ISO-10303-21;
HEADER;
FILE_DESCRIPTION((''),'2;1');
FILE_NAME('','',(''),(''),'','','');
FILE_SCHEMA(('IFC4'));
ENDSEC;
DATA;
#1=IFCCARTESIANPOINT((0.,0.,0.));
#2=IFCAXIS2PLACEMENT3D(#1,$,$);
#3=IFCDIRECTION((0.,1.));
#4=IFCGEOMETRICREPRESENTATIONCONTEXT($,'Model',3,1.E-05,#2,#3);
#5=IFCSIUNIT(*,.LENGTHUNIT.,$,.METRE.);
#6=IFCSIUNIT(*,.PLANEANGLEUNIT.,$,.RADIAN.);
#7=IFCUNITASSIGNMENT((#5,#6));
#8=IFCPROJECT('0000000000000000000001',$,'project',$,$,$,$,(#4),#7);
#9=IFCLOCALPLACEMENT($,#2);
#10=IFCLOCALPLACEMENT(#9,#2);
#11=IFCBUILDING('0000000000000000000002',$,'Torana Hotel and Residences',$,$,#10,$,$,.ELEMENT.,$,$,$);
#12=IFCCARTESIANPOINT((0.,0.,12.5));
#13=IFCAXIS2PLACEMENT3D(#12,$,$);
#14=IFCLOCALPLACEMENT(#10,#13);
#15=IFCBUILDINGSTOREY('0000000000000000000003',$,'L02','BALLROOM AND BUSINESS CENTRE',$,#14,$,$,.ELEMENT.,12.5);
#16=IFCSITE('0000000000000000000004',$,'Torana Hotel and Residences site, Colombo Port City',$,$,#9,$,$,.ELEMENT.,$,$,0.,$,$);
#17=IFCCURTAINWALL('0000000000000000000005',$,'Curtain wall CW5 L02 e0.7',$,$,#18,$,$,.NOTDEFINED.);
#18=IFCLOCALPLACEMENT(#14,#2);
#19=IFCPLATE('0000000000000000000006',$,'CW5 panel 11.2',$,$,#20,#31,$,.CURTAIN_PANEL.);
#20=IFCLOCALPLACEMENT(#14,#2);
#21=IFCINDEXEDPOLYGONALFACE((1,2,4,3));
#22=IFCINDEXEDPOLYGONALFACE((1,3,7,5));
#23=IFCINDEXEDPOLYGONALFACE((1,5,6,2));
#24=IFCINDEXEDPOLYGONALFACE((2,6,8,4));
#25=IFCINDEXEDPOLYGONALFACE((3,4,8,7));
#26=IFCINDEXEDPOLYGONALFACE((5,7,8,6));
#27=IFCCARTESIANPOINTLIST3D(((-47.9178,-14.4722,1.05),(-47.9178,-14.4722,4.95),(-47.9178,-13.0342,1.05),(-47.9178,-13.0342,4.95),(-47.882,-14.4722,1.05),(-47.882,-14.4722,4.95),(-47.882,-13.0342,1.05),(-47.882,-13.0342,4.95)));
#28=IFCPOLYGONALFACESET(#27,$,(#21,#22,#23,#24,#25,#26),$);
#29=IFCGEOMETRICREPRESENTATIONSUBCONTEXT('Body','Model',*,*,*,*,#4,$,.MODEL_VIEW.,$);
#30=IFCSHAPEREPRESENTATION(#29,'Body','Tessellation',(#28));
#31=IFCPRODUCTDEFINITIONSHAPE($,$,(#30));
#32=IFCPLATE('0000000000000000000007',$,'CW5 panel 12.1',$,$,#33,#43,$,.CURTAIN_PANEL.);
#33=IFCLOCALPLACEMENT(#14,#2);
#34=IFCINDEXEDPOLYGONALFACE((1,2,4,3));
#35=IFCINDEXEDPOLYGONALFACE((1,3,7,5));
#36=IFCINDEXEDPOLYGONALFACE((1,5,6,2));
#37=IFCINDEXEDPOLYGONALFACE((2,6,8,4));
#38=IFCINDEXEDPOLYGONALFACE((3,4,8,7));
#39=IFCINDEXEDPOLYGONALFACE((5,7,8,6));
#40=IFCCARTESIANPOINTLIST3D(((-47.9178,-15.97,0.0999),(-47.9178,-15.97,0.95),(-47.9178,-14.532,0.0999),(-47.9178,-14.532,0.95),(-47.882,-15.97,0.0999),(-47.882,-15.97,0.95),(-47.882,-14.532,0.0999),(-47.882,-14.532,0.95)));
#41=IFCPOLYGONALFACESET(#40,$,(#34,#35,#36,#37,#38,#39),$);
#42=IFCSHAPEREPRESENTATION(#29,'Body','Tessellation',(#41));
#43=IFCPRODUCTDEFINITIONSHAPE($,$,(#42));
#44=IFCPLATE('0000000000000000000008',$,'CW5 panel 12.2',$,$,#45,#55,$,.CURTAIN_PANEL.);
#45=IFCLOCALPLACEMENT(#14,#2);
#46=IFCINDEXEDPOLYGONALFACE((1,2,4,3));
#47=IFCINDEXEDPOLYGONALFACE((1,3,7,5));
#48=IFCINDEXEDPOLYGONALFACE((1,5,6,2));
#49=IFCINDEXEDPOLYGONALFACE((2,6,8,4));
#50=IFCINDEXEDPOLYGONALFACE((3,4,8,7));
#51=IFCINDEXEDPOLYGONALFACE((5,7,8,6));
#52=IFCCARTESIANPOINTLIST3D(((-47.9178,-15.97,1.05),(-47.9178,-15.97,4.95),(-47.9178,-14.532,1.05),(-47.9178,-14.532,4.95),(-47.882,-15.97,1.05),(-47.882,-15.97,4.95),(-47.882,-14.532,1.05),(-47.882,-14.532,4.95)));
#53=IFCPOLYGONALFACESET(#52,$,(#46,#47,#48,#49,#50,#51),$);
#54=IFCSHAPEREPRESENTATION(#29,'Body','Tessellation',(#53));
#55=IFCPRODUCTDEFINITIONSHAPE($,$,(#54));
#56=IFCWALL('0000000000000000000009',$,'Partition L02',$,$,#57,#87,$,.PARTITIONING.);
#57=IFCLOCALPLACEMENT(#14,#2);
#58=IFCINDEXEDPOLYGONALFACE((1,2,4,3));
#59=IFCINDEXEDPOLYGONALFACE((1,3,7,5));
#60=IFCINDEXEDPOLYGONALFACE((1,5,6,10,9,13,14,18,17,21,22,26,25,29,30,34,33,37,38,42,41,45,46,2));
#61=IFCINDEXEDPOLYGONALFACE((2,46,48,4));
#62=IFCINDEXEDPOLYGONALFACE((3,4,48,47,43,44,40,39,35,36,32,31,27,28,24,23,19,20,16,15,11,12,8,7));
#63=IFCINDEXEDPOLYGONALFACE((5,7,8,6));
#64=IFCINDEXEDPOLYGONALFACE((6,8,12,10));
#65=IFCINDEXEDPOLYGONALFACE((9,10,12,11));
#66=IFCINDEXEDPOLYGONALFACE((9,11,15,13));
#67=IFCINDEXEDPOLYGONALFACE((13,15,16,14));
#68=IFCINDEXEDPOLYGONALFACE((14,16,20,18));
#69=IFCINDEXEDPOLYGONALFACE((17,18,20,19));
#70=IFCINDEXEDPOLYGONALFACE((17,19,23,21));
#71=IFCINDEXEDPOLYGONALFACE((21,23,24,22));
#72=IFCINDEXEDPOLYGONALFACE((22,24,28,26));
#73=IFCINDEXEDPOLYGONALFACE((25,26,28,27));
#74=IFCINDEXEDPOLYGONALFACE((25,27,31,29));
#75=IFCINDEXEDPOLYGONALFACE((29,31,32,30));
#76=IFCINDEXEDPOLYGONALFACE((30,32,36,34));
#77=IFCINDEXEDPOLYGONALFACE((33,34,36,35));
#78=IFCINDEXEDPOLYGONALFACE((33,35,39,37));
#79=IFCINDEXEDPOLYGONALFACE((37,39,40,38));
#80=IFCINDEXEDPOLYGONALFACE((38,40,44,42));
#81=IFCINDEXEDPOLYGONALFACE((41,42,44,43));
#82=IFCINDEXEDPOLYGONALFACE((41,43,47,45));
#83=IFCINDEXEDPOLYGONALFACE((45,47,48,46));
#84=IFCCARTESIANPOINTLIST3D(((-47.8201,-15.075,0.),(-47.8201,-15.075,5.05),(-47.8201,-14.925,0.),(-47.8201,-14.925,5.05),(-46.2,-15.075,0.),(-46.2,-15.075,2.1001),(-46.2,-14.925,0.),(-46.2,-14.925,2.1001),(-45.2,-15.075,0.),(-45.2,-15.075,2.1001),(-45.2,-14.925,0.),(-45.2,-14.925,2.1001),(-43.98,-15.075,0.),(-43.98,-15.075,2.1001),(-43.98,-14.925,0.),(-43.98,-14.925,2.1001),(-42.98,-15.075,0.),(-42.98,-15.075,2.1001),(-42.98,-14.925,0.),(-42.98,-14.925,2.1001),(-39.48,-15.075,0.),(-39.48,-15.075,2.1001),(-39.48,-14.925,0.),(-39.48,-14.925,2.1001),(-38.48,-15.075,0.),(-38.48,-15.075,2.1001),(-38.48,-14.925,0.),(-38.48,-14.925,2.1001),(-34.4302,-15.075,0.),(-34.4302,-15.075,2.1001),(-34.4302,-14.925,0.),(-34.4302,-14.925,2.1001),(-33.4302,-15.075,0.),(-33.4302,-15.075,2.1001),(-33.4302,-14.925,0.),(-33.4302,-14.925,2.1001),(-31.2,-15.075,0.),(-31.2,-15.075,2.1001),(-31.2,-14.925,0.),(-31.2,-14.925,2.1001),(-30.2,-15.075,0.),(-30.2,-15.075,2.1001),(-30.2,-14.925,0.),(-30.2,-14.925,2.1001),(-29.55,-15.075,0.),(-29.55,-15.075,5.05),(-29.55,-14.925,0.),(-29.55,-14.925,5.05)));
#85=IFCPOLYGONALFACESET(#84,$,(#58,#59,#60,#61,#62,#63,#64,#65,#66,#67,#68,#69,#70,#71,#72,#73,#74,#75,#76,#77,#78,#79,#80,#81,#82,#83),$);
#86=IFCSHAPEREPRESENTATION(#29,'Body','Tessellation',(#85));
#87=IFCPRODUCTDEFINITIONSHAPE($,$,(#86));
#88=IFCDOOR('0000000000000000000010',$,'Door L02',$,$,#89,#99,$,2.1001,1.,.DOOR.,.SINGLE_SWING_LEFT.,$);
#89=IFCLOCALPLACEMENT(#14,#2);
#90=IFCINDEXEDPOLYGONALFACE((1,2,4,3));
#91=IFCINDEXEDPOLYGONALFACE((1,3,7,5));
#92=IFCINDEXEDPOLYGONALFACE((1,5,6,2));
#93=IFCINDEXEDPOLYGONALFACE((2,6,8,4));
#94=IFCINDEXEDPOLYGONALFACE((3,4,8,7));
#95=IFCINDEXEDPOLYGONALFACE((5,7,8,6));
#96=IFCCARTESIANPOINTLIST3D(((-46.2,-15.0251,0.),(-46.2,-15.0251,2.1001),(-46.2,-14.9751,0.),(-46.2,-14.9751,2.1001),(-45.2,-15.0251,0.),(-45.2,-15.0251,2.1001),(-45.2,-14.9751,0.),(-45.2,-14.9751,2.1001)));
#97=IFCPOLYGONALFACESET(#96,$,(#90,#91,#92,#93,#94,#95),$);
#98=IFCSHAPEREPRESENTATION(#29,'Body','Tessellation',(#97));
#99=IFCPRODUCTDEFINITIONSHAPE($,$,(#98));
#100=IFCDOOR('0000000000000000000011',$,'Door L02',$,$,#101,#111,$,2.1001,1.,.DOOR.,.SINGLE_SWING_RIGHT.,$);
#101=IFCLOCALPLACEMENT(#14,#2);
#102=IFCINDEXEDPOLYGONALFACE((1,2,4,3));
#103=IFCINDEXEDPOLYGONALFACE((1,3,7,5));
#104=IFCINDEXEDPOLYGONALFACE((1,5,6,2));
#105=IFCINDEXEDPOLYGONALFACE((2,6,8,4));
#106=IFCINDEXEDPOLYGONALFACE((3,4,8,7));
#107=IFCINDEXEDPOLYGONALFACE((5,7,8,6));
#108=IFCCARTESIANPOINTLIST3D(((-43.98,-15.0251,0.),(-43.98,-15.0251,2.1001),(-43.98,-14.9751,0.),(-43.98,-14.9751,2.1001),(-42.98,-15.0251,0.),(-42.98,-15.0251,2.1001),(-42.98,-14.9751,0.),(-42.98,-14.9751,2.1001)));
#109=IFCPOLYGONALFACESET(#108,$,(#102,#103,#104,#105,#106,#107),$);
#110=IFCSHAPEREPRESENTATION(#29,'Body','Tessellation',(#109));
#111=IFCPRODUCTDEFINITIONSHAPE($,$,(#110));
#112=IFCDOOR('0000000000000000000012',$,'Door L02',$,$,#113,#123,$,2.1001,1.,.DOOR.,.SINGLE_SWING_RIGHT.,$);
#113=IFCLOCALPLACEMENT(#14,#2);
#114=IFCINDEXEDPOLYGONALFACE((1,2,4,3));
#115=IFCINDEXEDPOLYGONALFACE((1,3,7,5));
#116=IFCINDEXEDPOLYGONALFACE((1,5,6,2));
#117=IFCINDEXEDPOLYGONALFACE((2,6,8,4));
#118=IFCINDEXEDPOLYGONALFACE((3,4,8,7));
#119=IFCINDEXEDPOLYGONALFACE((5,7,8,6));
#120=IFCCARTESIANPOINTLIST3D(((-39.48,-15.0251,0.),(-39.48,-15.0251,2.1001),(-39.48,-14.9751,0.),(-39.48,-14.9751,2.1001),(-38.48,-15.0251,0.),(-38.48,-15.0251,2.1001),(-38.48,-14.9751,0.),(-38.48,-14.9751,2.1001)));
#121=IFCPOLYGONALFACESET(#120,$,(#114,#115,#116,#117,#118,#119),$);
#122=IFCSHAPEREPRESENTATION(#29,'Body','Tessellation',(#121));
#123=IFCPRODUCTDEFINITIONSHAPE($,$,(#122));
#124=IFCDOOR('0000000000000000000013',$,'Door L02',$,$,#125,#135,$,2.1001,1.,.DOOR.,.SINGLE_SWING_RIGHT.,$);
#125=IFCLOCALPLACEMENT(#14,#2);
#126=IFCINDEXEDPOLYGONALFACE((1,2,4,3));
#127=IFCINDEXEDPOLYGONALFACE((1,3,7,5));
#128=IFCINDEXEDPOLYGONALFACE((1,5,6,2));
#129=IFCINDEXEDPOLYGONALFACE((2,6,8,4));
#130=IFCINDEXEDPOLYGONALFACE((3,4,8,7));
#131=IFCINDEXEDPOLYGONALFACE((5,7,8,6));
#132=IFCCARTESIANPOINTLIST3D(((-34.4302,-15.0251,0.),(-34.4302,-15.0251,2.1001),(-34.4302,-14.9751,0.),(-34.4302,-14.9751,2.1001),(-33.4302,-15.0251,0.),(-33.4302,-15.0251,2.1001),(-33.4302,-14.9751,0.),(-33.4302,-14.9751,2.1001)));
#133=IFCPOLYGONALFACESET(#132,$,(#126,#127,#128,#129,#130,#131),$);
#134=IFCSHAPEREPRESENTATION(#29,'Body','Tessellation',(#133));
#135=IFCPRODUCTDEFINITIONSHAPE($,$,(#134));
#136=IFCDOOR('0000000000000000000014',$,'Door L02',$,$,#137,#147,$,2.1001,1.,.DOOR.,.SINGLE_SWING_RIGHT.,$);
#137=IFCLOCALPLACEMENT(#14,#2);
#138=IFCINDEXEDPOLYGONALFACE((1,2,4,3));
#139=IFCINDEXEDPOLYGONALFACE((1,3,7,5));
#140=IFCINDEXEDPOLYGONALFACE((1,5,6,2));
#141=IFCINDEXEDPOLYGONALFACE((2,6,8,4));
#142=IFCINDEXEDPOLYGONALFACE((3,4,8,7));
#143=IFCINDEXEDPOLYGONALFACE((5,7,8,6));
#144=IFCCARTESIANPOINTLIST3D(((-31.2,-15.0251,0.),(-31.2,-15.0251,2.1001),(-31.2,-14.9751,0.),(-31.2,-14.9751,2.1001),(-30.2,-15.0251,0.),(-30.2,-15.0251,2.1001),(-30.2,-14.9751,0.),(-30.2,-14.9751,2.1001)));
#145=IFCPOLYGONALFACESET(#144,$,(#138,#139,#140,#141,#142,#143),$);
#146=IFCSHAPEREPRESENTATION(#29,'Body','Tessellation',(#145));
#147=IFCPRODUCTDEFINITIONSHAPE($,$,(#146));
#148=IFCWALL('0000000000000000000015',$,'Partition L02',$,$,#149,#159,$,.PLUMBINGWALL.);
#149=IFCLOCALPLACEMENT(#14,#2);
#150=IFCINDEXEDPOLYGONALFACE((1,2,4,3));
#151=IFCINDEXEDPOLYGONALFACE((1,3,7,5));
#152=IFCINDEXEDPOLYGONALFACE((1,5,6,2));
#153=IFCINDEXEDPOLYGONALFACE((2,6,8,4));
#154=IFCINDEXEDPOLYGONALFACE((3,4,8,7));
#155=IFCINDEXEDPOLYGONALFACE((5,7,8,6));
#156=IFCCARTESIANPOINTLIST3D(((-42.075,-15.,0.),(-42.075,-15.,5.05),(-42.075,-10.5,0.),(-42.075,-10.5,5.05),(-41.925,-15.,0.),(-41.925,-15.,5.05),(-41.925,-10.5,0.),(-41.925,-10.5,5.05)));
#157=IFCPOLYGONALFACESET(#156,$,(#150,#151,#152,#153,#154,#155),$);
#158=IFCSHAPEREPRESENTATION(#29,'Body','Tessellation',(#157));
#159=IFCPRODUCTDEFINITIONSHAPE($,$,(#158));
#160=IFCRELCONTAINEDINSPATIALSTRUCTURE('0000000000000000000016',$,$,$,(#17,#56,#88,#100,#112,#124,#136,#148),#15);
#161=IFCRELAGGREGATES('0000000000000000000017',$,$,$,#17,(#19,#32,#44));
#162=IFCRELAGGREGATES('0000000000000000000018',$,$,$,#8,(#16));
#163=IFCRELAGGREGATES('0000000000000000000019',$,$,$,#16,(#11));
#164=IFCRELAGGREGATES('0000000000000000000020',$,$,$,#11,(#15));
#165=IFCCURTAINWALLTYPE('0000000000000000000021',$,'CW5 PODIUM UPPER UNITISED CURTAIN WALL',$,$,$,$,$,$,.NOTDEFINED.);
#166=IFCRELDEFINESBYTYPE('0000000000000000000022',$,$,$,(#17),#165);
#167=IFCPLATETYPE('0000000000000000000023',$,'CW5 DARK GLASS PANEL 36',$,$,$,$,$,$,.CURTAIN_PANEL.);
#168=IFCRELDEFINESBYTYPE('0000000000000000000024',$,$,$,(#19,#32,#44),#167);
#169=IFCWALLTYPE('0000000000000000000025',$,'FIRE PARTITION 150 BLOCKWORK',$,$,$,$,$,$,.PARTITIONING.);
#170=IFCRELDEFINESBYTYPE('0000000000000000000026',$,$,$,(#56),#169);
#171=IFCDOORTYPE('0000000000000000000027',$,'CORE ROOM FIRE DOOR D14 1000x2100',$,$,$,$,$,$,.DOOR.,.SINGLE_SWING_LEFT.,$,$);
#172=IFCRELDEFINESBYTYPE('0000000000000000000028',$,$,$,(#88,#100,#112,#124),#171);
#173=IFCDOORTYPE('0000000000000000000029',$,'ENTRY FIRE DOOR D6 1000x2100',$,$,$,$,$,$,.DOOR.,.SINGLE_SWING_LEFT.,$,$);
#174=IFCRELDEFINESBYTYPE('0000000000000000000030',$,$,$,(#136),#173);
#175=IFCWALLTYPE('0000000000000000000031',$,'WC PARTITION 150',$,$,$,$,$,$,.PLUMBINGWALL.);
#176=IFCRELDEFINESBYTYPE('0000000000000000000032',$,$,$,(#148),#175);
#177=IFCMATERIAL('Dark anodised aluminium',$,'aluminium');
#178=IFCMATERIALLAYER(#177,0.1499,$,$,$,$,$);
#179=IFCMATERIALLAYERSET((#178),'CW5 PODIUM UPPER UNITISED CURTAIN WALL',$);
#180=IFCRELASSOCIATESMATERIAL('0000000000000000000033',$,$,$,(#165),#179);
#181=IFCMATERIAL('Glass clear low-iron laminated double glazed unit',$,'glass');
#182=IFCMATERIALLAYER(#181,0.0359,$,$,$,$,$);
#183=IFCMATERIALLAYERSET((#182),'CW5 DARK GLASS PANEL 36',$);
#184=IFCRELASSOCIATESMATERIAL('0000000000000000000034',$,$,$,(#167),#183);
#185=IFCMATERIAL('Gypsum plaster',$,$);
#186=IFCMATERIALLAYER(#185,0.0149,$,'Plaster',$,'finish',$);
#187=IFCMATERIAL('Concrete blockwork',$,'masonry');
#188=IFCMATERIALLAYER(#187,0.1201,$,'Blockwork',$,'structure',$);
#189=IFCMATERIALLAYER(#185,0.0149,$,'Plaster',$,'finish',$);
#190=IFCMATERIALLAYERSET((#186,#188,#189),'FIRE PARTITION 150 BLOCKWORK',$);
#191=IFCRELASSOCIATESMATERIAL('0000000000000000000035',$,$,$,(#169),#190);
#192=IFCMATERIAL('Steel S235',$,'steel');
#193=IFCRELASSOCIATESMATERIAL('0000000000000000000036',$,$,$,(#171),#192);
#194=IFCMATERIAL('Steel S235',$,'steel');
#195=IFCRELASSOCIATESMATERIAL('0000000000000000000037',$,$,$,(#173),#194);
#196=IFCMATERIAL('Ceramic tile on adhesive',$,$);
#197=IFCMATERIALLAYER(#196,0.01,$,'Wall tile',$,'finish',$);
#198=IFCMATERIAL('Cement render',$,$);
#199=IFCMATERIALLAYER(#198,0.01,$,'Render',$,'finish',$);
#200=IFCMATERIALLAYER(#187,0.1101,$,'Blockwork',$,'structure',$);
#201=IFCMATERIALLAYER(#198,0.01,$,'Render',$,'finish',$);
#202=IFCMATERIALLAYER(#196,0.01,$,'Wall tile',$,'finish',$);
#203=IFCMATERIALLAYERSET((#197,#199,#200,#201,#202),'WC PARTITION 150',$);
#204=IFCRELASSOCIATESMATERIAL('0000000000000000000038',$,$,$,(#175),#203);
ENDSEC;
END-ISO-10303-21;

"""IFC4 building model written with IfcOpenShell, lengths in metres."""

from ifc_helpers import new_model, si_unit, direction, frame, frame_2d, origin, origin_2d, place, context, subcontext, project, spatial, rectangle, extrude, material, layer, layer_set, type_object, element, fill, aggregate, save


model = new_model("IFC4")

# Units and contexts
model_context = context("Model", 3, precision=1e-05, world=origin(), true_north=direction((0.0, 1.0)))
body_context = subcontext(model_context, "Body", "Model", "MODEL_VIEW")
ifc_project = project(units=[si_unit("LENGTHUNIT", "METRE"), si_unit("PLANEANGLEUNIT", "RADIAN")], contexts=[model_context])

# Site, building, storey
site_placement = place(None, origin())
site = spatial("IfcSite", under=ifc_project, at=site_placement, Name="Torana Hotel and Residences site, Colombo Port City", CompositionType="ELEMENT", RefElevation=0.0)
building_placement = place(site_placement, origin())
building = spatial("IfcBuilding", under=site, at=building_placement, Name="Torana Hotel and Residences", CompositionType="ELEMENT")
storey_placement = place(building_placement, frame((0.0, 0.0, 12.5)))
storey = spatial("IfcBuildingStorey", under=building, at=storey_placement, Name="L02", Description="BALLROOM AND BUSINESS CENTRE", CompositionType="ELEMENT", Elevation=12.5)

# Curtain wall, plates
ifc_material_1 = material(Name="Dark anodised aluminium", Category="aluminium")
ifc_layer_1 = layer(ifc_material_1, 0.1499)
ifc_layer_set_1 = layer_set([ifc_layer_1], Name="CW5 PODIUM UPPER UNITISED CURTAIN WALL")
curtain_wall_type = type_object("IfcCurtainWallType", Name="CW5 PODIUM UPPER UNITISED CURTAIN WALL", PredefinedType="NOTDEFINED", material=ifc_layer_set_1)
curtain_wall_placement = place(storey_placement, origin())
curtain_wall = element("IfcCurtainWall", 1, at=curtain_wall_placement, inside=storey, type_object=curtain_wall_type, Name="Curtain wall CW5 L02 e0.7", PredefinedType="NOTDEFINED")
ifc_material_2 = material(Name="Glass clear low-iron laminated double glazed unit", Category="glass")
ifc_layer_2 = layer(ifc_material_2, 0.0359)
ifc_layer_set_2 = layer_set([ifc_layer_2], Name="CW5 DARK GLASS PANEL 36")
plate_type = type_object("IfcPlateType", Name="CW5 DARK GLASS PANEL 36", PredefinedType="CURTAIN_PANEL", material=ifc_layer_set_2)
plate_1_placement = place(storey_placement, frame((-47.8999, -13.7532, 1.05), z_axis=(0.0, 0.0, 1.0), x_axis=(0.0, -1.0, 0.0)))
plate_1 = element("IfcPlate", 2, at=plate_1_placement, type_object=plate_type, Name="CW5 panel 11.2", PredefinedType="CURTAIN_PANEL", context=body_context, shape_type="SweptSolid", body=[
    extrude(rectangle(XDim=1.438, YDim=0.0359, at=origin_2d()), origin(), (0.0, 0.0, 1.0), 3.8999),
])
plate_2_placement = place(storey_placement, frame((-47.8999, -15.251, 0.0999), z_axis=(0.0, 0.0, 1.0), x_axis=(0.0, -1.0, 0.0)))
plate_2 = element("IfcPlate", 3, at=plate_2_placement, type_object=plate_type, Name="CW5 panel 12.1", PredefinedType="CURTAIN_PANEL", context=body_context, shape_type="SweptSolid", body=[
    extrude(rectangle(XDim=1.438, YDim=0.0359, at=origin_2d()), origin(), (0.0, 0.0, 1.0), 0.8501),
])
plate_3_placement = place(storey_placement, frame((-47.8999, -15.251, 1.05), z_axis=(0.0, 0.0, 1.0), x_axis=(0.0, -1.0, 0.0)))
plate_3 = element("IfcPlate", 4, at=plate_3_placement, type_object=plate_type, Name="CW5 panel 12.2", PredefinedType="CURTAIN_PANEL", context=body_context, shape_type="SweptSolid", body=[
    extrude(rectangle(XDim=1.438, YDim=0.0359, at=origin_2d()), origin(), (0.0, 0.0, 1.0), 3.8999),
])
aggregate(curtain_wall, [plate_1, plate_2, plate_3])

# Wall, openings, doors
ifc_material_3 = material(Name="Gypsum plaster")
ifc_layer_3 = layer(ifc_material_3, 0.0149, Name="Plaster", Category="finish")
ifc_material_4 = material(Name="Concrete blockwork", Category="masonry")
ifc_layer_4 = layer(ifc_material_4, 0.1201, Name="Blockwork", Category="structure")
ifc_layer_5 = layer(ifc_material_3, 0.0149, Name="Plaster", Category="finish")
ifc_layer_set_3 = layer_set([ifc_layer_3, ifc_layer_4, ifc_layer_5], Name="FIRE PARTITION 150 BLOCKWORK")
wall_type_1 = type_object("IfcWallType", Name="FIRE PARTITION 150 BLOCKWORK", PredefinedType="PARTITIONING", material=ifc_layer_set_3)
wall_1_placement = place(storey_placement, frame((-47.8201, -15.0, 0.0), z_axis=(0.0, 0.0, 1.0), x_axis=(1.0, 0.0, 0.0)))
wall_1 = element("IfcWall", 5, at=wall_1_placement, inside=storey, type_object=wall_type_1, Name="Partition L02", PredefinedType="PARTITIONING", context=body_context, shape_type="SweptSolid", body=[
    extrude(rectangle(XDim=18.27, YDim=0.1499, at=frame_2d((9.135, 0.0))), origin(), (0.0, 0.0, 1.0), 5.05),
])
opening_1_placement = place(wall_1_placement, frame((1.6201, 0.0, 0.0)))
opening_1 = element("IfcOpeningElement", 6, at=opening_1_placement, cuts=wall_1, PredefinedType="OPENING", context=body_context, shape_type="SweptSolid", body=[
    extrude(rectangle(XDim=1.0, YDim=2.1001, at=frame_2d((0.5, 1.05))), frame((0.0, 0.085, 0.0), z_axis=(0.0, -1.0, 0.0), x_axis=(1.0, 0.0, 0.0)), (0.0, 0.0, 1.0), 0.1699),
])
opening_2_placement = place(wall_1_placement, frame((3.8401, 0.0, 0.0)))
opening_2 = element("IfcOpeningElement", 7, at=opening_2_placement, cuts=wall_1, PredefinedType="OPENING", context=body_context, shape_type="SweptSolid", body=[
    extrude(rectangle(XDim=1.0, YDim=2.1001, at=frame_2d((0.5, 1.05))), frame((0.0, 0.085, 0.0), z_axis=(0.0, -1.0, 0.0), x_axis=(1.0, 0.0, 0.0)), (0.0, 0.0, 1.0), 0.1699),
])
opening_3_placement = place(wall_1_placement, frame((8.3401, 0.0, 0.0)))
opening_3 = element("IfcOpeningElement", 8, at=opening_3_placement, cuts=wall_1, PredefinedType="OPENING", context=body_context, shape_type="SweptSolid", body=[
    extrude(rectangle(XDim=1.0, YDim=2.1001, at=frame_2d((0.5, 1.05))), frame((0.0, 0.085, 0.0), z_axis=(0.0, -1.0, 0.0), x_axis=(1.0, 0.0, 0.0)), (0.0, 0.0, 1.0), 0.1699),
])
opening_4_placement = place(wall_1_placement, frame((13.3899, 0.0, 0.0)))
opening_4 = element("IfcOpeningElement", 9, at=opening_4_placement, cuts=wall_1, PredefinedType="OPENING", context=body_context, shape_type="SweptSolid", body=[
    extrude(rectangle(XDim=1.0, YDim=2.1001, at=frame_2d((0.5, 1.05))), frame((0.0, 0.085, 0.0), z_axis=(0.0, -1.0, 0.0), x_axis=(1.0, 0.0, 0.0)), (0.0, 0.0, 1.0), 0.1699),
])
opening_5_placement = place(wall_1_placement, frame((16.6201, 0.0, 0.0)))
opening_5 = element("IfcOpeningElement", 10, at=opening_5_placement, cuts=wall_1, PredefinedType="OPENING", context=body_context, shape_type="SweptSolid", body=[
    extrude(rectangle(XDim=1.0, YDim=2.1001, at=frame_2d((0.5, 1.05))), frame((0.0, 0.085, 0.0), z_axis=(0.0, -1.0, 0.0), x_axis=(1.0, 0.0, 0.0)), (0.0, 0.0, 1.0), 0.1699),
])
ifc_material_5 = material(Name="Steel S235", Category="steel")
door_type_1 = type_object("IfcDoorType", Name="CORE ROOM FIRE DOOR D14 1000x2100", OperationType="SINGLE_SWING_LEFT", PredefinedType="DOOR", material=ifc_material_5)
door_1_placement = place(opening_1_placement, origin())
door_1 = element("IfcDoor", 11, at=door_1_placement, inside=storey, type_object=door_type_1, Name="Door L02", OperationType="SINGLE_SWING_LEFT", OverallHeight=2.1001, OverallWidth=1.0, PredefinedType="DOOR", context=body_context, shape_type="SweptSolid", body=[
    extrude(rectangle(XDim=1.0, YDim=2.1001, at=frame_2d((0.5, 1.05))), frame((0.0, 0.0249, 0.0), z_axis=(0.0, -1.0, 0.0), x_axis=(1.0, 0.0, 0.0)), (0.0, 0.0, 1.0), 0.05),
])
fill(opening_1, door_1)
door_2_placement = place(opening_2_placement, origin())
door_2 = element("IfcDoor", 12, at=door_2_placement, inside=storey, type_object=door_type_1, Name="Door L02", OperationType="SINGLE_SWING_RIGHT", OverallHeight=2.1001, OverallWidth=1.0, PredefinedType="DOOR", context=body_context, shape_type="SweptSolid", body=[
    extrude(rectangle(XDim=1.0, YDim=2.1001, at=frame_2d((0.5, 1.05))), frame((0.0, 0.0249, 0.0), z_axis=(0.0, -1.0, 0.0), x_axis=(1.0, 0.0, 0.0)), (0.0, 0.0, 1.0), 0.05),
])
fill(opening_2, door_2)
door_3_placement = place(opening_3_placement, origin())
door_3 = element("IfcDoor", 13, at=door_3_placement, inside=storey, type_object=door_type_1, Name="Door L02", OperationType="SINGLE_SWING_RIGHT", OverallHeight=2.1001, OverallWidth=1.0, PredefinedType="DOOR", context=body_context, shape_type="SweptSolid", body=[
    extrude(rectangle(XDim=1.0, YDim=2.1001, at=frame_2d((0.5, 1.05))), frame((0.0, 0.0249, 0.0), z_axis=(0.0, -1.0, 0.0), x_axis=(1.0, 0.0, 0.0)), (0.0, 0.0, 1.0), 0.05),
])
fill(opening_3, door_3)
door_4_placement = place(opening_4_placement, origin())
door_4 = element("IfcDoor", 14, at=door_4_placement, inside=storey, type_object=door_type_1, Name="Door L02", OperationType="SINGLE_SWING_RIGHT", OverallHeight=2.1001, OverallWidth=1.0, PredefinedType="DOOR", context=body_context, shape_type="SweptSolid", body=[
    extrude(rectangle(XDim=1.0, YDim=2.1001, at=frame_2d((0.5, 1.05))), frame((0.0, 0.0249, 0.0), z_axis=(0.0, -1.0, 0.0), x_axis=(1.0, 0.0, 0.0)), (0.0, 0.0, 1.0), 0.05),
])
fill(opening_4, door_4)
ifc_material_6 = material(Name="Steel S235", Category="steel")
door_type_2 = type_object("IfcDoorType", Name="ENTRY FIRE DOOR D6 1000x2100", OperationType="SINGLE_SWING_LEFT", PredefinedType="DOOR", material=ifc_material_6)
door_5_placement = place(opening_5_placement, origin())
door_5 = element("IfcDoor", 15, at=door_5_placement, inside=storey, type_object=door_type_2, Name="Door L02", OperationType="SINGLE_SWING_RIGHT", OverallHeight=2.1001, OverallWidth=1.0, PredefinedType="DOOR", context=body_context, shape_type="SweptSolid", body=[
    extrude(rectangle(XDim=1.0, YDim=2.1001, at=frame_2d((0.5, 1.05))), frame((0.0, 0.0249, 0.0), z_axis=(0.0, -1.0, 0.0), x_axis=(1.0, 0.0, 0.0)), (0.0, 0.0, 1.0), 0.05),
])
fill(opening_5, door_5)

# Wall
ifc_material_7 = material(Name="Ceramic tile on adhesive")
ifc_layer_6 = layer(ifc_material_7, 0.01, Name="Wall tile", Category="finish")
ifc_material_8 = material(Name="Cement render")
ifc_layer_7 = layer(ifc_material_8, 0.01, Name="Render", Category="finish")
ifc_layer_8 = layer(ifc_material_4, 0.1101, Name="Blockwork", Category="structure")
ifc_layer_9 = layer(ifc_material_8, 0.01, Name="Render", Category="finish")
ifc_layer_10 = layer(ifc_material_7, 0.01, Name="Wall tile", Category="finish")
ifc_layer_set_4 = layer_set([ifc_layer_6, ifc_layer_7, ifc_layer_8, ifc_layer_9, ifc_layer_10], Name="WC PARTITION 150")
wall_type_2 = type_object("IfcWallType", Name="WC PARTITION 150", PredefinedType="PLUMBINGWALL", material=ifc_layer_set_4)
wall_2_placement = place(storey_placement, frame((-42.0, -15.0, 0.0), z_axis=(0.0, 0.0, 1.0), x_axis=(0.0, 1.0, 0.0)))
element("IfcWall", 16, at=wall_2_placement, inside=storey, type_object=wall_type_2, Name="Partition L02", PredefinedType="PLUMBINGWALL", context=body_context, shape_type="SweptSolid", body=[
    extrude(rectangle(XDim=4.5, YDim=0.1499, at=frame_2d((2.25, 0.0))), origin(), (0.0, 0.0, 1.0), 5.05),
])

save(model, "model.ifc")
